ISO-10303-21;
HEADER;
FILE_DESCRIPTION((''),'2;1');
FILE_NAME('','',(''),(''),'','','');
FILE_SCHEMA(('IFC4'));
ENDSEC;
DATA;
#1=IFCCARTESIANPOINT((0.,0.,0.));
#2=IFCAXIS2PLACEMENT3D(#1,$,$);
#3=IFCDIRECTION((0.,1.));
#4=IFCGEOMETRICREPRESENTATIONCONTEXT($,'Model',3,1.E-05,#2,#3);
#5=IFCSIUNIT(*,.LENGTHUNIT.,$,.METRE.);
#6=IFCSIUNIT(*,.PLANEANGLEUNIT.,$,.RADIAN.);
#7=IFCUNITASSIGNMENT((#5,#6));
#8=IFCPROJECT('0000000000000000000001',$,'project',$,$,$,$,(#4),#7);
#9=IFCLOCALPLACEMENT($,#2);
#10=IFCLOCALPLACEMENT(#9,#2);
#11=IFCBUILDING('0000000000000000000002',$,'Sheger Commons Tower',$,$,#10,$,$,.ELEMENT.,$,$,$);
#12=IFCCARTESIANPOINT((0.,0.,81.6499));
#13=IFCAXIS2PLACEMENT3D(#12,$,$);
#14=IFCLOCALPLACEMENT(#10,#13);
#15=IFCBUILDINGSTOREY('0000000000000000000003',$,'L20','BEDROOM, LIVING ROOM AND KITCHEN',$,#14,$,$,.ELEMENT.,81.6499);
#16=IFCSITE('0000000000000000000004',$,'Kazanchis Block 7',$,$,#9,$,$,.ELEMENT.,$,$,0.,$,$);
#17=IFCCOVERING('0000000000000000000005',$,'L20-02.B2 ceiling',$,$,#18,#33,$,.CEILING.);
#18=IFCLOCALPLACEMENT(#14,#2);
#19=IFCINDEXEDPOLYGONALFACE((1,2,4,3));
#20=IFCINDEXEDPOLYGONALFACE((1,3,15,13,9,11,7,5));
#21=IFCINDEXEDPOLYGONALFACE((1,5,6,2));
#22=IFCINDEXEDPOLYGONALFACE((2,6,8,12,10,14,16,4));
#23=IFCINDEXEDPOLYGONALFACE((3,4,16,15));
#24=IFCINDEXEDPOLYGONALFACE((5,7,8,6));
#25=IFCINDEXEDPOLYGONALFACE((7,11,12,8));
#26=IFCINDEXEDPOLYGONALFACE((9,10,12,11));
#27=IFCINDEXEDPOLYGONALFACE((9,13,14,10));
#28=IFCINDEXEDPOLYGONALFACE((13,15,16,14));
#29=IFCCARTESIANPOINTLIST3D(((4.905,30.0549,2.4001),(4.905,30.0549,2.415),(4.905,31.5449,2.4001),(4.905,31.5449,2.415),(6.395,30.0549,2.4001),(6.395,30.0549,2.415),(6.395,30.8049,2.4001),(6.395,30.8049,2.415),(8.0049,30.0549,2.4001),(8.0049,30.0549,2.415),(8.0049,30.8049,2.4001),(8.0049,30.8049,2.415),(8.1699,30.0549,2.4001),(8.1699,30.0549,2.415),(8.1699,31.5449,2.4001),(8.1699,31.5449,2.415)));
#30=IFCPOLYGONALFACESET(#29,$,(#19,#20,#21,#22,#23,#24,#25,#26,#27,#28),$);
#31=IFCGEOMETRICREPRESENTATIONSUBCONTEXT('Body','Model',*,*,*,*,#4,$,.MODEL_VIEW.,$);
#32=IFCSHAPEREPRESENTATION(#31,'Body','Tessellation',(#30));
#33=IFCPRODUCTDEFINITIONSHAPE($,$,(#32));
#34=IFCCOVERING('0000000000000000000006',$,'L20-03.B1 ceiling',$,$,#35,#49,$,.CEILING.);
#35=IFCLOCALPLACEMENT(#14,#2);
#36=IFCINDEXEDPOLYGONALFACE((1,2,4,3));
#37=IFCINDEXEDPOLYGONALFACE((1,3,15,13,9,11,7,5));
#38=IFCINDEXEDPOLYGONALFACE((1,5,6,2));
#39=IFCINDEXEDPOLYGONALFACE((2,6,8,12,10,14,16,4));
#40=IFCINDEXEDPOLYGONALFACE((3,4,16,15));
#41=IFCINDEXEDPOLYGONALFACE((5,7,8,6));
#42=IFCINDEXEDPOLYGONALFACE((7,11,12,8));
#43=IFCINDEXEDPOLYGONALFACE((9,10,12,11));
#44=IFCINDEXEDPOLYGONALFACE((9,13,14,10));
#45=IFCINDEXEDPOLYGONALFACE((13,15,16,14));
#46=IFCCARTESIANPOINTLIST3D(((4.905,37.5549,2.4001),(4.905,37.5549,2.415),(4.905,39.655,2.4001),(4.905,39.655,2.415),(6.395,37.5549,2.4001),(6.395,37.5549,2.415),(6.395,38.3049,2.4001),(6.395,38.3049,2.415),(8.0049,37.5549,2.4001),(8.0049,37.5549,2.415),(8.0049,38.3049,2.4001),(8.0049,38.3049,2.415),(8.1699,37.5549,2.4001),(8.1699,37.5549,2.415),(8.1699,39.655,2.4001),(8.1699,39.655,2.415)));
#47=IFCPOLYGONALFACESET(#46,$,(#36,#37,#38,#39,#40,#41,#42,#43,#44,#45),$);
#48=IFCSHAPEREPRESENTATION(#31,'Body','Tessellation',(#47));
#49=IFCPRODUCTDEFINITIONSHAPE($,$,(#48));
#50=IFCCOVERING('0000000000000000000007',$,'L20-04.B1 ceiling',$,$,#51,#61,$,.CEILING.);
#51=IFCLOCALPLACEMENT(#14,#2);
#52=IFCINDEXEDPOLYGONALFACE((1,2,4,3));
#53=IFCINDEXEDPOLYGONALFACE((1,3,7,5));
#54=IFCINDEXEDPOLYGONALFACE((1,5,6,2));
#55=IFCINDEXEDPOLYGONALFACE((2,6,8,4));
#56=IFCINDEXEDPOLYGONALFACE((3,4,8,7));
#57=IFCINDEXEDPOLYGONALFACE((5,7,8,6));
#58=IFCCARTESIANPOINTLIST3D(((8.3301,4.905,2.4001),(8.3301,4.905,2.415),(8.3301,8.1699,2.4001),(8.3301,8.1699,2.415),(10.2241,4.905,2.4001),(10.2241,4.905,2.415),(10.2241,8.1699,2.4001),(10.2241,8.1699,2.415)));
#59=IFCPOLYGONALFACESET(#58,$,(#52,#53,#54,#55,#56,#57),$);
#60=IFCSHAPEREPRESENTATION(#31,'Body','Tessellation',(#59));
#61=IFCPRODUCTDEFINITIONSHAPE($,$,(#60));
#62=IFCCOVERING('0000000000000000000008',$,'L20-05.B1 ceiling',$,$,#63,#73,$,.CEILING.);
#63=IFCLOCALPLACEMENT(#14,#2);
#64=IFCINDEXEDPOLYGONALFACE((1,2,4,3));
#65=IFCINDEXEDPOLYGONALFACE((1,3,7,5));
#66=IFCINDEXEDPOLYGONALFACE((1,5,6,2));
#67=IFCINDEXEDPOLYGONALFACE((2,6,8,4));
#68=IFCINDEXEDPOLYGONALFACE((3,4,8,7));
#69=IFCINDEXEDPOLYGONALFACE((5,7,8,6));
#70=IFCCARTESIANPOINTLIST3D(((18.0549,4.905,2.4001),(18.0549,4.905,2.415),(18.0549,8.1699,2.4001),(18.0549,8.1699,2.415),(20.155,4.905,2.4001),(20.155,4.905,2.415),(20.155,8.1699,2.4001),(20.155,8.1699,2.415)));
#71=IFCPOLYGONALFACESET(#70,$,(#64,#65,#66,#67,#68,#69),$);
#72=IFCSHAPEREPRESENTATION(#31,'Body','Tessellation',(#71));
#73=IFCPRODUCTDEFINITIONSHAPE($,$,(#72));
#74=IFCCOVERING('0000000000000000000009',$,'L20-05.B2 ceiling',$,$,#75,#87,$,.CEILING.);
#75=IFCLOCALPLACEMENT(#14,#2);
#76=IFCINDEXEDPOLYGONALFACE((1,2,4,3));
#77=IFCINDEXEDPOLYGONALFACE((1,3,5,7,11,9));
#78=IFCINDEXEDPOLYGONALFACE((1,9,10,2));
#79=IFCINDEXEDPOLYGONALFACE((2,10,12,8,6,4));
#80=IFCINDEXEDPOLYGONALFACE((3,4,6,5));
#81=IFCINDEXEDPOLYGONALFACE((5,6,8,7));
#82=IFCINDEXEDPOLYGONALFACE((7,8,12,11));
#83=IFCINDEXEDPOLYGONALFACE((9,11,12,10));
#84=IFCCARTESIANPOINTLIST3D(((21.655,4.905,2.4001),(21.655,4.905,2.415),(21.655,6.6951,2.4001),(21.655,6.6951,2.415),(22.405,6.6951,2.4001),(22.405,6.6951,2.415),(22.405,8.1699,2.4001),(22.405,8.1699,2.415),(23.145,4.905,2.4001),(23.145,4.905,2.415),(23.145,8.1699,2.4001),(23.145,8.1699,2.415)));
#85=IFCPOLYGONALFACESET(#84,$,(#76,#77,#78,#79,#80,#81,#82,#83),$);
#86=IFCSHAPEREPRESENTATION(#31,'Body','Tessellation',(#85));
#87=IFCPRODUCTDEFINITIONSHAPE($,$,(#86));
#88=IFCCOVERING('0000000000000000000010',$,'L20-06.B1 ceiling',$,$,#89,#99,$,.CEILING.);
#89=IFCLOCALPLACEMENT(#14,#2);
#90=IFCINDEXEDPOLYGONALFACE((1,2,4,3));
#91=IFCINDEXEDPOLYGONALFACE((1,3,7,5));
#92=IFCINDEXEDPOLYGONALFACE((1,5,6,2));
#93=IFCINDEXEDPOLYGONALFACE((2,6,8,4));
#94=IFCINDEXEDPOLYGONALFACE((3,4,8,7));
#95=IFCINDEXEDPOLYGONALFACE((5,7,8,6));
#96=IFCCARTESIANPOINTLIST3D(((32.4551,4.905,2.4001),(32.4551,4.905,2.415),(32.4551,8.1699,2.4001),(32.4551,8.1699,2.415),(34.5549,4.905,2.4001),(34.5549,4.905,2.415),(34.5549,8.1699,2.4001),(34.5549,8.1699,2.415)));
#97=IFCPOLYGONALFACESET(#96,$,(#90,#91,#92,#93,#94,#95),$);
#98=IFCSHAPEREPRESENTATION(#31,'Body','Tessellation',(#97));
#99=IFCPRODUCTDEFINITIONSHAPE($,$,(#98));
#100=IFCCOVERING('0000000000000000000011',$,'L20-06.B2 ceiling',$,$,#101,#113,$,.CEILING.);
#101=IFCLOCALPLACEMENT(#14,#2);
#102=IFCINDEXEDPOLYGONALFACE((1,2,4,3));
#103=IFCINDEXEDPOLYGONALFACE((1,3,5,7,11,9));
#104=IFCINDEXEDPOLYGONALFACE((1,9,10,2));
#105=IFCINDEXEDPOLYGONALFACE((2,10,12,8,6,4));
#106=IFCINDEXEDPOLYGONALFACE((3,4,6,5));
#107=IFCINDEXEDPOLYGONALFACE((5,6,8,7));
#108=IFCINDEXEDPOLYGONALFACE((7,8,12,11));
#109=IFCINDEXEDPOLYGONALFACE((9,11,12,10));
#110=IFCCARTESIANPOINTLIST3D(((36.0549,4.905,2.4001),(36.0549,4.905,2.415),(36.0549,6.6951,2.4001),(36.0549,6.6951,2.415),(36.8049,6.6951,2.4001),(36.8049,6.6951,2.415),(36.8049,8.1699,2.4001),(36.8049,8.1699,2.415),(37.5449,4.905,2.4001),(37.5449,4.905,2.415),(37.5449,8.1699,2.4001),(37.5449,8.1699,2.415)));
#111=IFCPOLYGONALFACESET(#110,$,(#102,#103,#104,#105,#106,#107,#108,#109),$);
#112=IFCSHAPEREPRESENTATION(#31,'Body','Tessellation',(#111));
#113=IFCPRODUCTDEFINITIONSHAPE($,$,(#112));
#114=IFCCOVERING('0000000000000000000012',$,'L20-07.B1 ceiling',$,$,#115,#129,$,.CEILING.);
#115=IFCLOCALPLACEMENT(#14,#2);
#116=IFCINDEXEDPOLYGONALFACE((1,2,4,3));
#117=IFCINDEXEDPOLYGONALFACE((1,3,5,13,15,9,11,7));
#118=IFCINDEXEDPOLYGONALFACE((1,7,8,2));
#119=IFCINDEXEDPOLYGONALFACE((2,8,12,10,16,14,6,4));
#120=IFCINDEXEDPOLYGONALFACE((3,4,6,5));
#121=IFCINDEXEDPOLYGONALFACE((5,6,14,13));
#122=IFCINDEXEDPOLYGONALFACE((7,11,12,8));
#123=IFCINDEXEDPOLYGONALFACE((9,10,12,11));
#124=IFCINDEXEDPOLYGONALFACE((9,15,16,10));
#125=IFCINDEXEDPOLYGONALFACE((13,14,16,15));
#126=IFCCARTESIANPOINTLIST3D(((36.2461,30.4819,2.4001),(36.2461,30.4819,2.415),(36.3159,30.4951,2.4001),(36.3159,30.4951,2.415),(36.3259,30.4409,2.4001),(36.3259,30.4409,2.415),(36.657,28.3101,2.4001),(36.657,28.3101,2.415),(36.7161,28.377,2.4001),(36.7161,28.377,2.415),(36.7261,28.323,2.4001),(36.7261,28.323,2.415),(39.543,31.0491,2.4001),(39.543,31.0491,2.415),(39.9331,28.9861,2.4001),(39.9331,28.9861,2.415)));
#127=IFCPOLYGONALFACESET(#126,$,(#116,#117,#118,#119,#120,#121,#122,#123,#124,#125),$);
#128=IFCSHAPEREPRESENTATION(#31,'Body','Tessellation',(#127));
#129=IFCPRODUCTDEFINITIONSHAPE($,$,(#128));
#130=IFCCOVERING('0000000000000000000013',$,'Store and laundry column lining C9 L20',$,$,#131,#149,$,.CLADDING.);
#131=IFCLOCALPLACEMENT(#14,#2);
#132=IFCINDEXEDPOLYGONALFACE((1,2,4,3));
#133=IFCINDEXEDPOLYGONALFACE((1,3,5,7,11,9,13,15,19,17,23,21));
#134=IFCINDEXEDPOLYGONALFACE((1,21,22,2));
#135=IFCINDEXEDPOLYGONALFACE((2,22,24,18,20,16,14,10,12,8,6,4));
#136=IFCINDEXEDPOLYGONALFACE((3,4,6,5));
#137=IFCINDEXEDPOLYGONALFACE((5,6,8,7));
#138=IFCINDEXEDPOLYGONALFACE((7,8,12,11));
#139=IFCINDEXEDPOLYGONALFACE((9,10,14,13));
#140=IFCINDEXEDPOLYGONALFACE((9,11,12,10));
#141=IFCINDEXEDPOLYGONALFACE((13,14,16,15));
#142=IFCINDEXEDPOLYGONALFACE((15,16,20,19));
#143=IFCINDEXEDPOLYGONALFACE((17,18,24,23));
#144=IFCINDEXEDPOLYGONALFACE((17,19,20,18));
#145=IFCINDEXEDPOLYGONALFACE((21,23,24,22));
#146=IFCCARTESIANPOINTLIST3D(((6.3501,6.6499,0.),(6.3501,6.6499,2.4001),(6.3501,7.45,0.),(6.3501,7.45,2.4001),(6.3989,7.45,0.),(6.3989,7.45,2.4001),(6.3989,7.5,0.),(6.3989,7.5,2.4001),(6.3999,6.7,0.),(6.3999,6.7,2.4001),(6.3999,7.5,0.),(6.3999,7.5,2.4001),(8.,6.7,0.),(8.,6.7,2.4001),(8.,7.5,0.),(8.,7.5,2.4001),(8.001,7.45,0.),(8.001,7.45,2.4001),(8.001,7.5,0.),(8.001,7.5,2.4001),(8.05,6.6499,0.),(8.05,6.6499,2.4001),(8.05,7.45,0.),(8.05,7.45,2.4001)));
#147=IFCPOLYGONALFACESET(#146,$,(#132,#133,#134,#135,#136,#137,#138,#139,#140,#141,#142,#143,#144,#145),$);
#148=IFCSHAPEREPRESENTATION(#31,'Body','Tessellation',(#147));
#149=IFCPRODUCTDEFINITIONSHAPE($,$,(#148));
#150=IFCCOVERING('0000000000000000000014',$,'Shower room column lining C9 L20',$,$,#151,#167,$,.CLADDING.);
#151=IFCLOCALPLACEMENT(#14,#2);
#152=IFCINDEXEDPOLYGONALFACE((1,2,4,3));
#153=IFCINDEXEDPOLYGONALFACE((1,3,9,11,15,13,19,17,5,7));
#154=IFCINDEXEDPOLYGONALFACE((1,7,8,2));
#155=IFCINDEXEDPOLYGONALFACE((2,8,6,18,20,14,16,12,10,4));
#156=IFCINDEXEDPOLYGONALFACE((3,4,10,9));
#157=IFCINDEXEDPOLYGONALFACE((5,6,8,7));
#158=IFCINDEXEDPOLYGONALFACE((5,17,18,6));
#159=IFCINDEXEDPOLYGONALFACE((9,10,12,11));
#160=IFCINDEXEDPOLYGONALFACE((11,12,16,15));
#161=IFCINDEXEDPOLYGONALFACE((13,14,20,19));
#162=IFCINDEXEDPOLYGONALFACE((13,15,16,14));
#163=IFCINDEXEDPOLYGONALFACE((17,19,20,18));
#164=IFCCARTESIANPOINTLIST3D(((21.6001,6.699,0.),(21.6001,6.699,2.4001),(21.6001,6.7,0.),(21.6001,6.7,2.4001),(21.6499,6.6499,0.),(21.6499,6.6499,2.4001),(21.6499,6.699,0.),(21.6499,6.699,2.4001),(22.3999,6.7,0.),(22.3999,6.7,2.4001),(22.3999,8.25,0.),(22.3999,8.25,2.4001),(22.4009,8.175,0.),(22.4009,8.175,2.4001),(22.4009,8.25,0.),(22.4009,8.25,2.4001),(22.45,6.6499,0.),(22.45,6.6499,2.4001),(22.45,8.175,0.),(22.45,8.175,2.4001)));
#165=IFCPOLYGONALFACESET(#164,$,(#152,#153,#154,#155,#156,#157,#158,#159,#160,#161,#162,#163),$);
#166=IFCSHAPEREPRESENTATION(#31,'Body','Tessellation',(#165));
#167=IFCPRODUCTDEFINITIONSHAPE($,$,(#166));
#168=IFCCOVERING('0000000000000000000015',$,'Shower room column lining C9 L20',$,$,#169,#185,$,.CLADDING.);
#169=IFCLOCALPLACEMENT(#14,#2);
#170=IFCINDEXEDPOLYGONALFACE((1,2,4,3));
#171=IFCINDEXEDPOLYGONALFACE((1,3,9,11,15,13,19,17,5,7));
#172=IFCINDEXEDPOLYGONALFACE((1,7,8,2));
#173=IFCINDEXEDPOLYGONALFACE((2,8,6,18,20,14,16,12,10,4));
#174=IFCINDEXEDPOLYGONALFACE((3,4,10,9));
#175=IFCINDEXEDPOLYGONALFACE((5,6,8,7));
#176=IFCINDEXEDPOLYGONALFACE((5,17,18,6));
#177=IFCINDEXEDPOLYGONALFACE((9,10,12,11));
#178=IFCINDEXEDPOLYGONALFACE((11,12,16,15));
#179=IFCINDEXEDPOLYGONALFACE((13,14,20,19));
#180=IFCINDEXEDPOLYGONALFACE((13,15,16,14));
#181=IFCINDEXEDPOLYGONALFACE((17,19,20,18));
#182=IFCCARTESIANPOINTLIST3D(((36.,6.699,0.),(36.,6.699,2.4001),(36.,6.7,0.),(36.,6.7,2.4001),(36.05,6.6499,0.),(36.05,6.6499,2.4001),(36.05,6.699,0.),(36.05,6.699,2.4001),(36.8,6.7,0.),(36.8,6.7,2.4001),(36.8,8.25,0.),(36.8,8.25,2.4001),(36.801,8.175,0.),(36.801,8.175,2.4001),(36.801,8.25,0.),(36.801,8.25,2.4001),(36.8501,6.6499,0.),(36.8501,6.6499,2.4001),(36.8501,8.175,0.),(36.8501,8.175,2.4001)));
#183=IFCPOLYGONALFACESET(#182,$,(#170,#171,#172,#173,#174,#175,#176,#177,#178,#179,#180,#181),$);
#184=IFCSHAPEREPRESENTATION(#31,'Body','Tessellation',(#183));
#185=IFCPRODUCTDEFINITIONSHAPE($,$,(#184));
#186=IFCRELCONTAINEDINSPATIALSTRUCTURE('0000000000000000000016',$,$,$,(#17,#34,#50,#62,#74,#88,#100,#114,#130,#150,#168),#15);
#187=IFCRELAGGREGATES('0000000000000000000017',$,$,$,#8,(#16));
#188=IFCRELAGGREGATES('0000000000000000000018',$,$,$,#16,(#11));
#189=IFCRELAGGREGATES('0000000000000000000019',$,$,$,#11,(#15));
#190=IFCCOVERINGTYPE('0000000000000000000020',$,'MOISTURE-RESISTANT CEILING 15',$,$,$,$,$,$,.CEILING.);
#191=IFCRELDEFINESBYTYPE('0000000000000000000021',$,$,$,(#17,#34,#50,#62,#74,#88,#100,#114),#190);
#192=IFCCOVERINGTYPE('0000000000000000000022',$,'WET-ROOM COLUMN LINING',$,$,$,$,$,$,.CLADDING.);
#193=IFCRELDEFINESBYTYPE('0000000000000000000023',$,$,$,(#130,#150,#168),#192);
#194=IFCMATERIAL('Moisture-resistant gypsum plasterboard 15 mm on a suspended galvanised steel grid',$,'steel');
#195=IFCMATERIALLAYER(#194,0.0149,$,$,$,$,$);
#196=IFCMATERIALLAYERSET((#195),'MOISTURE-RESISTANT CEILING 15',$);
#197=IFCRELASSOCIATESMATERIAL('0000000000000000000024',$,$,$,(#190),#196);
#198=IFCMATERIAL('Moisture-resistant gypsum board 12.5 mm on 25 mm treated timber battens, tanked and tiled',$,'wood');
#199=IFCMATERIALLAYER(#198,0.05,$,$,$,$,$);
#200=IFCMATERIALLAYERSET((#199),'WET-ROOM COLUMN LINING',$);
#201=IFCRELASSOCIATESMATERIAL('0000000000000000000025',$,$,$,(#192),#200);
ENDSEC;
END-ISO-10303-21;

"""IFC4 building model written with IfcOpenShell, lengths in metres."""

from ifc_helpers import new_model, si_unit, direction, frame, origin, place, context, subcontext, project, spatial, polyline, outline, extrude, material, layer, layer_set, type_object, element, save


model = new_model("IFC4")

# Units and contexts
model_context = context("Model", 3, precision=1e-05, world=origin(), true_north=direction((0.0, 1.0)))
body_context = subcontext(model_context, "Body", "Model", "MODEL_VIEW")
ifc_project = project(units=[si_unit("LENGTHUNIT", "METRE"), si_unit("PLANEANGLEUNIT", "RADIAN")], contexts=[model_context])

# Site, building, storey
site_placement = place(None, origin())
site = spatial("IfcSite", under=ifc_project, at=site_placement, Name="Kazanchis Block 7", CompositionType="ELEMENT", RefElevation=0.0)
building_placement = place(site_placement, origin())
building = spatial("IfcBuilding", under=site, at=building_placement, Name="Sheger Commons Tower", CompositionType="ELEMENT")
storey_placement = place(building_placement, frame((0.0, 0.0, 81.6499)))
storey = spatial("IfcBuildingStorey", under=building, at=storey_placement, Name="L20", Description="BEDROOM, LIVING ROOM AND KITCHEN", CompositionType="ELEMENT", Elevation=81.6499)

# Coverings
ifc_material_1 = material(Name="Moisture-resistant gypsum plasterboard 15 mm on a suspended galvanised steel grid", Category="steel")
ifc_layer_1 = layer(ifc_material_1, 0.0149)
ifc_layer_set_1 = layer_set([ifc_layer_1], Name="MOISTURE-RESISTANT CEILING 15")
covering_type_1 = type_object("IfcCoveringType", Name="MOISTURE-RESISTANT CEILING 15", PredefinedType="CEILING", material=ifc_layer_set_1)
covering_1_placement = place(storey_placement, frame((0.0, 0.0, 2.4001)))
element("IfcCovering", 1, at=covering_1_placement, inside=storey, type_object=covering_type_1, Name="L20-02.B2 ceiling", PredefinedType="CEILING", context=body_context, shape_type="SweptSolid", body=[
    extrude(outline(polyline([(4.905, 30.0549), (6.395, 30.0549), (6.395, 30.8049), (8.0049, 30.8049), (8.0049, 30.0549), (8.1699, 30.0549), (8.1699, 31.5449), (4.905, 31.5449), (4.905, 30.0549)])), origin(), (0.0, 0.0, 1.0), 0.0149),
])
covering_2_placement = place(storey_placement, frame((0.0, 0.0, 2.4001)))
element("IfcCovering", 2, at=covering_2_placement, inside=storey, type_object=covering_type_1, Name="L20-03.B1 ceiling", PredefinedType="CEILING", context=body_context, shape_type="SweptSolid", body=[
    extrude(outline(polyline([(4.905, 37.5549), (6.395, 37.5549), (6.395, 38.3049), (8.0049, 38.3049), (8.0049, 37.5549), (8.1699, 37.5549), (8.1699, 39.655), (4.905, 39.655), (4.905, 37.5549)])), origin(), (0.0, 0.0, 1.0), 0.0149),
])
covering_3_placement = place(storey_placement, frame((0.0, 0.0, 2.4001)))
element("IfcCovering", 3, at=covering_3_placement, inside=storey, type_object=covering_type_1, Name="L20-04.B1 ceiling", PredefinedType="CEILING", context=body_context, shape_type="SweptSolid", body=[
    extrude(outline(polyline([(8.3301, 4.905), (10.2241, 4.905), (10.2241, 8.1699), (8.3301, 8.1699), (8.3301, 4.905)])), origin(), (0.0, 0.0, 1.0), 0.0149),
])
covering_4_placement = place(storey_placement, frame((0.0, 0.0, 2.4001)))
element("IfcCovering", 4, at=covering_4_placement, inside=storey, type_object=covering_type_1, Name="L20-05.B1 ceiling", PredefinedType="CEILING", context=body_context, shape_type="SweptSolid", body=[
    extrude(outline(polyline([(18.0549, 4.905), (20.155, 4.905), (20.155, 8.1699), (18.0549, 8.1699), (18.0549, 4.905)])), origin(), (0.0, 0.0, 1.0), 0.0149),
])
covering_5_placement = place(storey_placement, frame((0.0, 0.0, 2.4001)))
element("IfcCovering", 5, at=covering_5_placement, inside=storey, type_object=covering_type_1, Name="L20-05.B2 ceiling", PredefinedType="CEILING", context=body_context, shape_type="SweptSolid", body=[
    extrude(outline(polyline([(21.655, 4.905), (23.145, 4.905), (23.145, 8.1699), (22.405, 8.1699), (22.405, 6.6951), (21.655, 6.6951), (21.655, 4.905)])), origin(), (0.0, 0.0, 1.0), 0.0149),
])
covering_6_placement = place(storey_placement, frame((0.0, 0.0, 2.4001)))
element("IfcCovering", 6, at=covering_6_placement, inside=storey, type_object=covering_type_1, Name="L20-06.B1 ceiling", PredefinedType="CEILING", context=body_context, shape_type="SweptSolid", body=[
    extrude(outline(polyline([(32.4551, 4.905), (34.5549, 4.905), (34.5549, 8.1699), (32.4551, 8.1699), (32.4551, 4.905)])), origin(), (0.0, 0.0, 1.0), 0.0149),
])
covering_7_placement = place(storey_placement, frame((0.0, 0.0, 2.4001)))
element("IfcCovering", 7, at=covering_7_placement, inside=storey, type_object=covering_type_1, Name="L20-06.B2 ceiling", PredefinedType="CEILING", context=body_context, shape_type="SweptSolid", body=[
    extrude(outline(polyline([(36.0549, 4.905), (37.5449, 4.905), (37.5449, 8.1699), (36.8049, 8.1699), (36.8049, 6.6951), (36.0549, 6.6951), (36.0549, 4.905)])), origin(), (0.0, 0.0, 1.0), 0.0149),
])
covering_8_placement = place(storey_placement, frame((0.0, 0.0, 2.4001)))
element("IfcCovering", 8, at=covering_8_placement, inside=storey, type_object=covering_type_1, Name="L20-07.B1 ceiling", PredefinedType="CEILING", context=body_context, shape_type="SweptSolid", body=[
    extrude(outline(polyline([(36.657, 28.3101), (36.7261, 28.323), (36.7161, 28.377), (39.9331, 28.9861), (39.543, 31.0491), (36.3259, 30.4409), (36.3159, 30.4951), (36.2461, 30.4819), (36.657, 28.3101)])), origin(), (0.0, 0.0, 1.0), 0.0149),
])
ifc_material_2 = material(Name="Moisture-resistant gypsum board 12.5 mm on 25 mm treated timber battens, tanked and tiled", Category="wood")
ifc_layer_2 = layer(ifc_material_2, 0.05)
ifc_layer_set_2 = layer_set([ifc_layer_2], Name="WET-ROOM COLUMN LINING")
covering_type_2 = type_object("IfcCoveringType", Name="WET-ROOM COLUMN LINING", PredefinedType="CLADDING", material=ifc_layer_set_2)
covering_9_placement = place(storey_placement, origin())
element("IfcCovering", 9, at=covering_9_placement, inside=storey, type_object=covering_type_2, Name="Store and laundry column lining C9 L20", PredefinedType="CLADDING", context=body_context, shape_type="SweptSolid", body=[
    extrude(outline(polyline([(6.3999, 7.5), (6.3999, 6.7), (8.0, 6.7), (8.0, 7.5), (8.001, 7.5), (8.001, 7.45), (8.05, 7.45), (8.05, 6.6499), (6.3501, 6.6499), (6.3501, 7.45), (6.3989, 7.45), (6.3989, 7.5), (6.3999, 7.5)])), origin(), (0.0, 0.0, 1.0), 2.4001),
])
covering_10_placement = place(storey_placement, origin())
element("IfcCovering", 10, at=covering_10_placement, inside=storey, type_object=covering_type_2, Name="Shower room column lining C9 L20", PredefinedType="CLADDING", context=body_context, shape_type="SweptSolid", body=[
    extrude(outline(polyline([(21.6499, 6.6499), (21.6499, 6.699), (21.6001, 6.699), (21.6001, 6.7), (22.3999, 6.7), (22.3999, 8.25), (22.4009, 8.25), (22.4009, 8.175), (22.45, 8.175), (22.45, 6.6499), (21.6499, 6.6499)])), origin(), (0.0, 0.0, 1.0), 2.4001),
])
covering_11_placement = place(storey_placement, origin())
element("IfcCovering", 11, at=covering_11_placement, inside=storey, type_object=covering_type_2, Name="Shower room column lining C9 L20", PredefinedType="CLADDING", context=body_context, shape_type="SweptSolid", body=[
    extrude(outline(polyline([(36.05, 6.6499), (36.05, 6.699), (36.0, 6.699), (36.0, 6.7), (36.8, 6.7), (36.8, 8.25), (36.801, 8.25), (36.801, 8.175), (36.8501, 8.175), (36.8501, 6.6499), (36.05, 6.6499)])), origin(), (0.0, 0.0, 1.0), 2.4001),
])

save(model, "model.ifc")
